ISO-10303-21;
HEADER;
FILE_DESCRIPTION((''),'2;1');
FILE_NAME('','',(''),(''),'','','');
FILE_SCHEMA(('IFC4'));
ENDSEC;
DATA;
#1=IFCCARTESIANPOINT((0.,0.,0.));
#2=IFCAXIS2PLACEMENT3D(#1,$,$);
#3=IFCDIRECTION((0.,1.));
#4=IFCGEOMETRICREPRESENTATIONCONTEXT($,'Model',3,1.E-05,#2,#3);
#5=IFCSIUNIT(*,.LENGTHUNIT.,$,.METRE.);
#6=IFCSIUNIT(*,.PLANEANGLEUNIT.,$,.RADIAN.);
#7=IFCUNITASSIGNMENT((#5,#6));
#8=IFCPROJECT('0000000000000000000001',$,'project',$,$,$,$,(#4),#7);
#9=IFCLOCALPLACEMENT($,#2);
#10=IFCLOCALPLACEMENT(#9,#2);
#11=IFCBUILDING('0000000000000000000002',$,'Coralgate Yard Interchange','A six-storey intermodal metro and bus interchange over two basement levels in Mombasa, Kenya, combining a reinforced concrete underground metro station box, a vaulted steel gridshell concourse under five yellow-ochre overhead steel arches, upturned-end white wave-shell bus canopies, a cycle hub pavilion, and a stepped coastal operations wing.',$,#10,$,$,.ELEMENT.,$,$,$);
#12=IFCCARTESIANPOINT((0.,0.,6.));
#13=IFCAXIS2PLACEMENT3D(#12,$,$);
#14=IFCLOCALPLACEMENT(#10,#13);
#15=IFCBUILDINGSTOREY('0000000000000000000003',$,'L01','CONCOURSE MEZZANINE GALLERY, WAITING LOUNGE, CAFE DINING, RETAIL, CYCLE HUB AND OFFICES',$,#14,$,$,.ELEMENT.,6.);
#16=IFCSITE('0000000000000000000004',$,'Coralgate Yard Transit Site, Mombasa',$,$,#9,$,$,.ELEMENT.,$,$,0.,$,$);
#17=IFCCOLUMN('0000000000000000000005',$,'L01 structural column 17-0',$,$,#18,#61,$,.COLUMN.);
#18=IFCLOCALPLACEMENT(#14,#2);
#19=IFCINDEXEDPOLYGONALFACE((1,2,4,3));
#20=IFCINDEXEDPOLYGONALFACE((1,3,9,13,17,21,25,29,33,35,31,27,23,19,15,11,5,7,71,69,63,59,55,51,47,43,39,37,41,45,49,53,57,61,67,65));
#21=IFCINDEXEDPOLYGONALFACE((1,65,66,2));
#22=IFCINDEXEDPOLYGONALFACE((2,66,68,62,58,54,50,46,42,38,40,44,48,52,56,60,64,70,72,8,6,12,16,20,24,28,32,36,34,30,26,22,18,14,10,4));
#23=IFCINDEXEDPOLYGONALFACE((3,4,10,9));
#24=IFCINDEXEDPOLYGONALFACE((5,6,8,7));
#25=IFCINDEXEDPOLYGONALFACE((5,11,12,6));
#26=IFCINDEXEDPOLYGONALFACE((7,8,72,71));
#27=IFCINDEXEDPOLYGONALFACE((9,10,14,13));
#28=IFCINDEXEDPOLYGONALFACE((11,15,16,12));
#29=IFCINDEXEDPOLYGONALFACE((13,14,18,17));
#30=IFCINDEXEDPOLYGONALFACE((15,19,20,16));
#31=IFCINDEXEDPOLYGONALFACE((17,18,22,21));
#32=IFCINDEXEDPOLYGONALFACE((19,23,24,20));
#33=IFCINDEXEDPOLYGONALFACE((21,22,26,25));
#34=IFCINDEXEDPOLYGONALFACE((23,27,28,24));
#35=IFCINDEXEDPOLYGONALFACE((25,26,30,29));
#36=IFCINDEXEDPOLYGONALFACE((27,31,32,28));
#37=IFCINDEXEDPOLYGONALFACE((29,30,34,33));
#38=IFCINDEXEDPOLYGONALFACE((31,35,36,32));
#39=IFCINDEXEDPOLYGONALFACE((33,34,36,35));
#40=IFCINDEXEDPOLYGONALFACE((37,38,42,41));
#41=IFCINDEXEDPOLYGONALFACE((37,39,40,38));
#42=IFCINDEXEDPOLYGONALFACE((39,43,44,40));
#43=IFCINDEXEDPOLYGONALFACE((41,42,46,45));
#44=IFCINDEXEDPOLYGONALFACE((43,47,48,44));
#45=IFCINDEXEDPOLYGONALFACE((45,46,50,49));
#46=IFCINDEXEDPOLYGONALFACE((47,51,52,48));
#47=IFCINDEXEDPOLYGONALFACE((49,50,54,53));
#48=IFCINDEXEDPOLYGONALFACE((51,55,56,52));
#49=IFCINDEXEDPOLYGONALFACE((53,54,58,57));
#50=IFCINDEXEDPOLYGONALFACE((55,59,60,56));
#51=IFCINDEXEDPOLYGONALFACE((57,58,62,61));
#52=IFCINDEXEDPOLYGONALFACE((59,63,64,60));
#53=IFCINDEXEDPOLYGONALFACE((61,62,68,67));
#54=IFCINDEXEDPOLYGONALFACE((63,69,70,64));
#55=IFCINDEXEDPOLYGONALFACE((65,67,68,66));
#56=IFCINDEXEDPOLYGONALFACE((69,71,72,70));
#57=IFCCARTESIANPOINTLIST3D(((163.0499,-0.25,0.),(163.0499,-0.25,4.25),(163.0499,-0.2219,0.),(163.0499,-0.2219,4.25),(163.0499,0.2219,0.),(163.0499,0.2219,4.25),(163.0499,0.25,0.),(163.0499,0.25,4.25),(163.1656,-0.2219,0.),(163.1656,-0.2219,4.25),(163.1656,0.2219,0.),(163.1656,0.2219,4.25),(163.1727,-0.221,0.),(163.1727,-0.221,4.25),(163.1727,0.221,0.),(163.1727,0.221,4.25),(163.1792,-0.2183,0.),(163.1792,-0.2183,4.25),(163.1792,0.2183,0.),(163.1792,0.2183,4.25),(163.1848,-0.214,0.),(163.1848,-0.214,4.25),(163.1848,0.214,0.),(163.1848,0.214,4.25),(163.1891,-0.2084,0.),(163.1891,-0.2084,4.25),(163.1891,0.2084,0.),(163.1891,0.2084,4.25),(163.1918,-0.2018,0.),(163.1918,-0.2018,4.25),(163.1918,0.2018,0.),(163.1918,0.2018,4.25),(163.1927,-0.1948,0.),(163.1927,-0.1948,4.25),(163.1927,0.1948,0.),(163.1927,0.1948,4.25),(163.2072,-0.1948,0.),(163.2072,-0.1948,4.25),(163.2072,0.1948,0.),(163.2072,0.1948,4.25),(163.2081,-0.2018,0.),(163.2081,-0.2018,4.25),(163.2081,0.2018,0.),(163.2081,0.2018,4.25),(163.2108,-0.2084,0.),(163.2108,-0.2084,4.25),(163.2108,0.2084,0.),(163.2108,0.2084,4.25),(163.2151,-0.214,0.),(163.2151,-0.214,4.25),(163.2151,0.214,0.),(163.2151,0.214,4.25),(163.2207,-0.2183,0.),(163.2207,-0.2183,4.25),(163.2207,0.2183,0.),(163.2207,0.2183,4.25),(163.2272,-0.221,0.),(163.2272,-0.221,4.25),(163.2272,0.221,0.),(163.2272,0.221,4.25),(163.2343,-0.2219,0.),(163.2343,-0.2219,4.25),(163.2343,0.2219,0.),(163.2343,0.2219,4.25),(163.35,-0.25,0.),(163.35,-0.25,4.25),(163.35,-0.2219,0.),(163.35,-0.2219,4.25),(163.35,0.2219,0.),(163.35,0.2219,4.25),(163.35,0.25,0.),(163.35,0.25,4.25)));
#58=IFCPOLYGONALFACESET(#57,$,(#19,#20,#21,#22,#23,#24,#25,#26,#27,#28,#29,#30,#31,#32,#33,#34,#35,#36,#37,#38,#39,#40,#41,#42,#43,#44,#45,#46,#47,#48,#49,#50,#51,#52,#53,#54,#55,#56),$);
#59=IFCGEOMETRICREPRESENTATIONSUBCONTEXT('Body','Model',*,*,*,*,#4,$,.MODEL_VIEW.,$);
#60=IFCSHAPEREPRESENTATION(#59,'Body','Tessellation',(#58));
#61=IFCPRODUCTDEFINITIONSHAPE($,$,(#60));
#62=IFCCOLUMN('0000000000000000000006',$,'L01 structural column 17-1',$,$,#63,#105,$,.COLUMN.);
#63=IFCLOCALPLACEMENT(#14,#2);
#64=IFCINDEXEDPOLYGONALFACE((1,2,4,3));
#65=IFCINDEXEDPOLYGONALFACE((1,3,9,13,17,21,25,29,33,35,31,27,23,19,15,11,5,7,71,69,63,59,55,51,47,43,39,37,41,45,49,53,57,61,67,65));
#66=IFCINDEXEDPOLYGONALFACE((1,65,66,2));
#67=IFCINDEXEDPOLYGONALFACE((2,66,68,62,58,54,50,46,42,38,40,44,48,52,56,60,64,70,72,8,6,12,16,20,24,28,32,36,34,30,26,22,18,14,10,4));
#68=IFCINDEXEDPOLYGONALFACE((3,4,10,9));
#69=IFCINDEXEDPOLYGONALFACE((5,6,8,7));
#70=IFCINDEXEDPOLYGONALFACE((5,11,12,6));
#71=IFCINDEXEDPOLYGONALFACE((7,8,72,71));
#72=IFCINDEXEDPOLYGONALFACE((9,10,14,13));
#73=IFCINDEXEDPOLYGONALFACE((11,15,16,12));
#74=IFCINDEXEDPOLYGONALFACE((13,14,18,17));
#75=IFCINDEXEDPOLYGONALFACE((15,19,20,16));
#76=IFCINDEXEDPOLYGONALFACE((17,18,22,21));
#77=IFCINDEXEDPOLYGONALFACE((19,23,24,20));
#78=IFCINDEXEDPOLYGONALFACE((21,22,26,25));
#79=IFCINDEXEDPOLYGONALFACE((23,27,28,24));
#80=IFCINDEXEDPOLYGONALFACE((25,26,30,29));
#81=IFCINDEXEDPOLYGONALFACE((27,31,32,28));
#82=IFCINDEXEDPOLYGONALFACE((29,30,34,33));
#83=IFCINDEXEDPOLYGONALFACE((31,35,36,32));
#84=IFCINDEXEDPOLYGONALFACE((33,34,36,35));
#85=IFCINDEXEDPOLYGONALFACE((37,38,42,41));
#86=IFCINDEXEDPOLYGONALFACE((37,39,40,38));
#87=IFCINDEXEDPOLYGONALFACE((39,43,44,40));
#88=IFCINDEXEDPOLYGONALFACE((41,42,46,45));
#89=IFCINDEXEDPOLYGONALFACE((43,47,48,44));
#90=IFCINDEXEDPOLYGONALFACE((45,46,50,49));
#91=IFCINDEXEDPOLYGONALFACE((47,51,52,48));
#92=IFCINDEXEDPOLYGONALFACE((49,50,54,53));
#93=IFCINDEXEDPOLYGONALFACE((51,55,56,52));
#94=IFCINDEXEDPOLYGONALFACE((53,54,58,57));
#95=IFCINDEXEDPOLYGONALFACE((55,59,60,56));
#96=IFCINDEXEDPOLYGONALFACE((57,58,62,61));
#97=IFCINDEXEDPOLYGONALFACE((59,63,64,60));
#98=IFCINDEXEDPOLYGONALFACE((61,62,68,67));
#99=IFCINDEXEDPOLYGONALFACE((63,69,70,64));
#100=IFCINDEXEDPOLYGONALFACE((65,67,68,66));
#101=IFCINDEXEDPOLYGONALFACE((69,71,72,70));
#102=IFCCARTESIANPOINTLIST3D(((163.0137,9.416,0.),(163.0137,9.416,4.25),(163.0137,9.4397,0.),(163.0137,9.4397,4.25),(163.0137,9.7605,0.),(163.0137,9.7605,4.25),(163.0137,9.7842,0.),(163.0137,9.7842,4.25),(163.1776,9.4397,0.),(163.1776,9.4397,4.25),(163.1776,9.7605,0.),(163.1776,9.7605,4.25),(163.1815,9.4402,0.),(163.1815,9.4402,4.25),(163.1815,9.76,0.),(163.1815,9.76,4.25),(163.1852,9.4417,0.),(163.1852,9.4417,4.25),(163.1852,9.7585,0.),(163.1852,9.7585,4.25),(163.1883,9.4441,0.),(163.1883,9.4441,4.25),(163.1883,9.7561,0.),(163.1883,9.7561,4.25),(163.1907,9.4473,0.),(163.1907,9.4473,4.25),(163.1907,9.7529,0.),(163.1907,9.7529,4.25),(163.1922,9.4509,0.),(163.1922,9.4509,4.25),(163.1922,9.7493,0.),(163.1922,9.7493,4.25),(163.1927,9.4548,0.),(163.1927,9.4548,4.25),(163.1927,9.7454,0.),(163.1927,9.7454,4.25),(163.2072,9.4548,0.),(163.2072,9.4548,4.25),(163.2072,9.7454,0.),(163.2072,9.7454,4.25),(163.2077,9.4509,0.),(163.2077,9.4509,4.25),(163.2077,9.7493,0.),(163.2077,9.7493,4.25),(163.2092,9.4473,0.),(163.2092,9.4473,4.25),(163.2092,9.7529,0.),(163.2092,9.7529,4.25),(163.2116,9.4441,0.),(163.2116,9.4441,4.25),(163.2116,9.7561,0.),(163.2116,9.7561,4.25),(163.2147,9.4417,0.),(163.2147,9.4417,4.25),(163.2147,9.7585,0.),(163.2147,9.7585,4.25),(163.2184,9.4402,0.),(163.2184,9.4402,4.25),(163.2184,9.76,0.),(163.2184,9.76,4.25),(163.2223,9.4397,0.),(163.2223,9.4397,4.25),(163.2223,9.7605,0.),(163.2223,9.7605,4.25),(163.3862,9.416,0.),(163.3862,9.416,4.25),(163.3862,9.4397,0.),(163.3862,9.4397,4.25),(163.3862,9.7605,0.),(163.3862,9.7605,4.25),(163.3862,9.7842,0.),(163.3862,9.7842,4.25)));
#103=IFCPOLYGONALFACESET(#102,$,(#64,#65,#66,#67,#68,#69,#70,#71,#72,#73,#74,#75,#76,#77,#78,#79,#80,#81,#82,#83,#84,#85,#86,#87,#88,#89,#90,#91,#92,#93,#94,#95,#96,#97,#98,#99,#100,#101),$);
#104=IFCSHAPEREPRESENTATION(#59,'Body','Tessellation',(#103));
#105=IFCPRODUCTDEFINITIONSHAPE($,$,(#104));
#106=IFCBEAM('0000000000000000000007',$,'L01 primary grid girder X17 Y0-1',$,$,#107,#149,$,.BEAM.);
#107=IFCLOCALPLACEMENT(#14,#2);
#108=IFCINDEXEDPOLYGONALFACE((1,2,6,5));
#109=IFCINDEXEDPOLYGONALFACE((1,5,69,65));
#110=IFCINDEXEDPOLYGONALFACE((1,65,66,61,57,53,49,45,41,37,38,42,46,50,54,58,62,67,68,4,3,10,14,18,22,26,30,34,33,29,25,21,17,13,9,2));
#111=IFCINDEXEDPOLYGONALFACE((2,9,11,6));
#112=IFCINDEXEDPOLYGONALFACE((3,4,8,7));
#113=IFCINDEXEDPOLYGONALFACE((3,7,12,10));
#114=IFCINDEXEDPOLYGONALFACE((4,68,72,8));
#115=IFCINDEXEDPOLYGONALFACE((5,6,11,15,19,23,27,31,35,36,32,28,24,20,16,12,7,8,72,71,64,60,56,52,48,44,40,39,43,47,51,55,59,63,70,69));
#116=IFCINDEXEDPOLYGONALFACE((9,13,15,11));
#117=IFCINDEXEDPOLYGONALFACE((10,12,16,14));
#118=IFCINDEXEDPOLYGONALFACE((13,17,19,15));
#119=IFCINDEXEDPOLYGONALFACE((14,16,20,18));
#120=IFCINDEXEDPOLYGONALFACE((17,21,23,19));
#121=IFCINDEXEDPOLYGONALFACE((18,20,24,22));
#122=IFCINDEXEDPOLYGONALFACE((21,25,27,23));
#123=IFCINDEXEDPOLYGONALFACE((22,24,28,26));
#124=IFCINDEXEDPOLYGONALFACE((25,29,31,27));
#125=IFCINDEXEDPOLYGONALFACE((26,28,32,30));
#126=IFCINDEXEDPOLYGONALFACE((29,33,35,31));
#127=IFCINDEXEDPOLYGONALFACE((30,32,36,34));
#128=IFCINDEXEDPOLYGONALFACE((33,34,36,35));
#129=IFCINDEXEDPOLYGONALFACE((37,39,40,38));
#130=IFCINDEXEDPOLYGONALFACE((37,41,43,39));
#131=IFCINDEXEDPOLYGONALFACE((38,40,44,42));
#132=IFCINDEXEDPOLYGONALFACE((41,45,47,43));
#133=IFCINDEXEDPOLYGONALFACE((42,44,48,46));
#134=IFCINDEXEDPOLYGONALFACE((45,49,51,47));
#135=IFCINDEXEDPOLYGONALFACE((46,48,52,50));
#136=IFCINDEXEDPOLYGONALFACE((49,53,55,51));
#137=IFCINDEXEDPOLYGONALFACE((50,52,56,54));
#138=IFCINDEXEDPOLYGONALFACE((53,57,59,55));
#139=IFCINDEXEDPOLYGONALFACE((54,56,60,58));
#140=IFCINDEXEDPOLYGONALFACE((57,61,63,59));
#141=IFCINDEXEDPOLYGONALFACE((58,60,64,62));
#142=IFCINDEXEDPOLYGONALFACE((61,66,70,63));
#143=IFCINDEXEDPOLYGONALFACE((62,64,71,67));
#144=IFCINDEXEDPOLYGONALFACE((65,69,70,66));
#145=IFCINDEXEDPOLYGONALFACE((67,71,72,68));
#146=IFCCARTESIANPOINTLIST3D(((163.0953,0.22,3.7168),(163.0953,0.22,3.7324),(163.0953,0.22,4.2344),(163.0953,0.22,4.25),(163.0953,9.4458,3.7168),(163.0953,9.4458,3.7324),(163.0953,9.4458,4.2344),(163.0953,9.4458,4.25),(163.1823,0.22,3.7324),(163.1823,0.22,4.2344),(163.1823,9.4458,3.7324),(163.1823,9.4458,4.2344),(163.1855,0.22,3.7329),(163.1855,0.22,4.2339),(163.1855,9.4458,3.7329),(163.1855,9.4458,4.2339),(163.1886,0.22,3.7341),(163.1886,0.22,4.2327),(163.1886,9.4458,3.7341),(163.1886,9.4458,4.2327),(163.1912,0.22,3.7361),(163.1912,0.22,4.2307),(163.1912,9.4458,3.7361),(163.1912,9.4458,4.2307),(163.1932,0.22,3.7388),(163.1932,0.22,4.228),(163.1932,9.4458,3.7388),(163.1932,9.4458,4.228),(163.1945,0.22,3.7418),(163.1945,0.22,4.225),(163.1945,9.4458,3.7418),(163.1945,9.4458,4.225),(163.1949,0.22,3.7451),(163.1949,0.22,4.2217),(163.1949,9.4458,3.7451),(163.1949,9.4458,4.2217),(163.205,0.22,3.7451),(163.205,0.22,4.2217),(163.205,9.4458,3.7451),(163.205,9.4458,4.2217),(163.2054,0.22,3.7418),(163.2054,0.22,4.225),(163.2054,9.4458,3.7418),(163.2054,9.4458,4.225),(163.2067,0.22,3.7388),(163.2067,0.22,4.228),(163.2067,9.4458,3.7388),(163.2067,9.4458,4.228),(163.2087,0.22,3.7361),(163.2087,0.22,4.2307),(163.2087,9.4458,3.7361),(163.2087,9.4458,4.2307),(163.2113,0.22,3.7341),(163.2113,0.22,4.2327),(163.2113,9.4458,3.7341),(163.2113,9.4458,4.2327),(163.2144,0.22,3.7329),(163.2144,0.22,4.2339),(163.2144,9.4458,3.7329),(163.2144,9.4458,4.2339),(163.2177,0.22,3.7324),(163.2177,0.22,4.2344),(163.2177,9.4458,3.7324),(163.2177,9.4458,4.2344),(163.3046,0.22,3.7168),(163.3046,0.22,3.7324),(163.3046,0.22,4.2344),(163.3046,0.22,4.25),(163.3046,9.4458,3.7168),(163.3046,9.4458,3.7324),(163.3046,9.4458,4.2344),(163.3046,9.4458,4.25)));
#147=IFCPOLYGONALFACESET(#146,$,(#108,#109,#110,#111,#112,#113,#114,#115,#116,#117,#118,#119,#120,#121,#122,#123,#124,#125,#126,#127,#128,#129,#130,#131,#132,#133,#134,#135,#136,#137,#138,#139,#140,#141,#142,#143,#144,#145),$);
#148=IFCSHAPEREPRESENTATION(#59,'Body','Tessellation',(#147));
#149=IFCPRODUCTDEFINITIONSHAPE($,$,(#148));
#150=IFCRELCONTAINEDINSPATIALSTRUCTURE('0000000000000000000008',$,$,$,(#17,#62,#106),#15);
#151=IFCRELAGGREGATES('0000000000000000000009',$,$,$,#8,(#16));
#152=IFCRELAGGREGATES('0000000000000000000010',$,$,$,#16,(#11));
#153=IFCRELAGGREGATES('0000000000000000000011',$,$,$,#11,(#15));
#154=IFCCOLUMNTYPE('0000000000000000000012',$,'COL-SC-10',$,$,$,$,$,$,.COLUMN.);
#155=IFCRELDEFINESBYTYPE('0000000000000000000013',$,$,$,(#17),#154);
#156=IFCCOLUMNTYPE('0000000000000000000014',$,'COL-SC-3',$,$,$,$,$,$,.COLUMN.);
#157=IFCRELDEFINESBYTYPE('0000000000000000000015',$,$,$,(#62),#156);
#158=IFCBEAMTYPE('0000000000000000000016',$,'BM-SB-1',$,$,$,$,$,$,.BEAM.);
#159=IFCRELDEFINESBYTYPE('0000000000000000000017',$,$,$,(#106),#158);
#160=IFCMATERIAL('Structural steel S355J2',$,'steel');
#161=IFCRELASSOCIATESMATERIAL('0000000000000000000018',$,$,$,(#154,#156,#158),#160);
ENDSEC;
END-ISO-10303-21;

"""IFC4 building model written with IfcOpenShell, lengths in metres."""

from ifc_helpers import new_model, si_unit, direction, frame, origin, origin_2d, place, context, subcontext, project, spatial, i_section, extrude, material, material_profile, profile_set, type_object, element, save


model = new_model("IFC4")

# Units and contexts
model_context = context("Model", 3, precision=1e-05, world=origin(), true_north=direction((0.0, 1.0)))
body_context = subcontext(model_context, "Body", "Model", "MODEL_VIEW")
ifc_project = project(units=[si_unit("LENGTHUNIT", "METRE"), si_unit("PLANEANGLEUNIT", "RADIAN")], contexts=[model_context])

# Site, building, storey
site_placement = place(None, origin())
site = spatial("IfcSite", under=ifc_project, at=site_placement, Name="Coralgate Yard Transit Site, Mombasa", CompositionType="ELEMENT", RefElevation=0.0)
building_placement = place(site_placement, origin())
building = spatial("IfcBuilding", under=site, at=building_placement, Name="Coralgate Yard Interchange", Description="A six-storey intermodal metro and bus interchange over two basement levels in Mombasa, Kenya, combining a reinforced concrete underground metro station box, a vaulted steel gridshell concourse under five yellow-ochre overhead steel arches, upturned-end white wave-shell bus canopies, a cycle hub pavilion, and a stepped coastal operations wing.", CompositionType="ELEMENT")
storey_placement = place(building_placement, frame((0.0, 0.0, 6.0)))
storey = spatial("IfcBuildingStorey", under=building, at=storey_placement, Name="L01", Description="CONCOURSE MEZZANINE GALLERY, WAITING LOUNGE, CAFE DINING, RETAIL, CYCLE HUB AND OFFICES", CompositionType="ELEMENT", Elevation=6.0)

# Columns
ifc_material_1 = material(Name="Structural steel S355J2", Category="steel")
ifc_material_profile_1 = material_profile(ifc_material_1, i_section(OverallWidth=0.3, OverallDepth=0.5, WebThickness=0.0144, FlangeThickness=0.0281, FilletRadius=0.0271, at=origin_2d()), Name="HEB 500")
ifc_profile_set_1 = profile_set([ifc_material_profile_1], Name="Structural steel S355J2")
column_type_1 = type_object("IfcColumnType", Name="COL-SC-10", PredefinedType="COLUMN", material=ifc_profile_set_1)
column_1_placement = place(storey_placement, frame((163.2, 0.0, 0.0), z_axis=(0.0, 0.0, 1.0), x_axis=(1.0, 0.0, 0.0)))
element("IfcColumn", 1, at=column_1_placement, inside=storey, type_object=column_type_1, Name="L01 structural column 17-0", PredefinedType="COLUMN", context=body_context, shape_type="SweptSolid", body=[
    extrude(i_section(OverallWidth=0.3, OverallDepth=0.5, WebThickness=0.0144, FlangeThickness=0.0281, FilletRadius=0.0271, at=origin_2d()), origin(), (0.0, 0.0, 1.0), 4.25),
])
ifc_material_profile_2 = material_profile(ifc_material_1, i_section(OverallWidth=0.3726, OverallDepth=0.3682, WebThickness=0.0144, FlangeThickness=0.0237, FilletRadius=0.0151, at=origin_2d()), Name="UC 356x368x177")
ifc_profile_set_2 = profile_set([ifc_material_profile_2], Name="Structural steel S355J2")
column_type_2 = type_object("IfcColumnType", Name="COL-SC-3", PredefinedType="COLUMN", material=ifc_profile_set_2)
column_2_placement = place(storey_placement, frame((163.2, 9.6001, 0.0), z_axis=(0.0, 0.0, 1.0), x_axis=(1.0, 0.0, 0.0)))
element("IfcColumn", 2, at=column_2_placement, inside=storey, type_object=column_type_2, Name="L01 structural column 17-1", PredefinedType="COLUMN", context=body_context, shape_type="SweptSolid", body=[
    extrude(i_section(OverallWidth=0.3726, OverallDepth=0.3682, WebThickness=0.0144, FlangeThickness=0.0237, FilletRadius=0.0151, at=origin_2d()), origin(), (0.0, 0.0, 1.0), 4.25),
])

# Beam
ifc_material_profile_3 = material_profile(ifc_material_1, i_section(OverallWidth=0.2092, OverallDepth=0.5332, WebThickness=0.01, FlangeThickness=0.0156, FilletRadius=0.0127, at=origin_2d()), Name="UB 533x210x92")
ifc_profile_set_3 = profile_set([ifc_material_profile_3], Name="Structural steel S355J2")
beam_type_1 = type_object("IfcBeamType", Name="BM-SB-1", PredefinedType="BEAM", material=ifc_profile_set_3)
beam_1_placement = place(storey_placement, frame((163.2, 0.22, 3.9834), z_axis=(0.0, 1.0, 0.0), x_axis=(-1.0, 0.0, 0.0)))
element("IfcBeam", 3, at=beam_1_placement, inside=storey, type_object=beam_type_1, Name="L01 primary grid girder X17 Y0-1", PredefinedType="BEAM", context=body_context, shape_type="SweptSolid", body=[
    extrude(i_section(OverallWidth=0.2092, OverallDepth=0.5332, WebThickness=0.01, FlangeThickness=0.0156, FilletRadius=0.0127, at=origin_2d()), origin(), (0.0, 0.0, 1.0), 9.2258),
])

save(model, "model.ifc")
